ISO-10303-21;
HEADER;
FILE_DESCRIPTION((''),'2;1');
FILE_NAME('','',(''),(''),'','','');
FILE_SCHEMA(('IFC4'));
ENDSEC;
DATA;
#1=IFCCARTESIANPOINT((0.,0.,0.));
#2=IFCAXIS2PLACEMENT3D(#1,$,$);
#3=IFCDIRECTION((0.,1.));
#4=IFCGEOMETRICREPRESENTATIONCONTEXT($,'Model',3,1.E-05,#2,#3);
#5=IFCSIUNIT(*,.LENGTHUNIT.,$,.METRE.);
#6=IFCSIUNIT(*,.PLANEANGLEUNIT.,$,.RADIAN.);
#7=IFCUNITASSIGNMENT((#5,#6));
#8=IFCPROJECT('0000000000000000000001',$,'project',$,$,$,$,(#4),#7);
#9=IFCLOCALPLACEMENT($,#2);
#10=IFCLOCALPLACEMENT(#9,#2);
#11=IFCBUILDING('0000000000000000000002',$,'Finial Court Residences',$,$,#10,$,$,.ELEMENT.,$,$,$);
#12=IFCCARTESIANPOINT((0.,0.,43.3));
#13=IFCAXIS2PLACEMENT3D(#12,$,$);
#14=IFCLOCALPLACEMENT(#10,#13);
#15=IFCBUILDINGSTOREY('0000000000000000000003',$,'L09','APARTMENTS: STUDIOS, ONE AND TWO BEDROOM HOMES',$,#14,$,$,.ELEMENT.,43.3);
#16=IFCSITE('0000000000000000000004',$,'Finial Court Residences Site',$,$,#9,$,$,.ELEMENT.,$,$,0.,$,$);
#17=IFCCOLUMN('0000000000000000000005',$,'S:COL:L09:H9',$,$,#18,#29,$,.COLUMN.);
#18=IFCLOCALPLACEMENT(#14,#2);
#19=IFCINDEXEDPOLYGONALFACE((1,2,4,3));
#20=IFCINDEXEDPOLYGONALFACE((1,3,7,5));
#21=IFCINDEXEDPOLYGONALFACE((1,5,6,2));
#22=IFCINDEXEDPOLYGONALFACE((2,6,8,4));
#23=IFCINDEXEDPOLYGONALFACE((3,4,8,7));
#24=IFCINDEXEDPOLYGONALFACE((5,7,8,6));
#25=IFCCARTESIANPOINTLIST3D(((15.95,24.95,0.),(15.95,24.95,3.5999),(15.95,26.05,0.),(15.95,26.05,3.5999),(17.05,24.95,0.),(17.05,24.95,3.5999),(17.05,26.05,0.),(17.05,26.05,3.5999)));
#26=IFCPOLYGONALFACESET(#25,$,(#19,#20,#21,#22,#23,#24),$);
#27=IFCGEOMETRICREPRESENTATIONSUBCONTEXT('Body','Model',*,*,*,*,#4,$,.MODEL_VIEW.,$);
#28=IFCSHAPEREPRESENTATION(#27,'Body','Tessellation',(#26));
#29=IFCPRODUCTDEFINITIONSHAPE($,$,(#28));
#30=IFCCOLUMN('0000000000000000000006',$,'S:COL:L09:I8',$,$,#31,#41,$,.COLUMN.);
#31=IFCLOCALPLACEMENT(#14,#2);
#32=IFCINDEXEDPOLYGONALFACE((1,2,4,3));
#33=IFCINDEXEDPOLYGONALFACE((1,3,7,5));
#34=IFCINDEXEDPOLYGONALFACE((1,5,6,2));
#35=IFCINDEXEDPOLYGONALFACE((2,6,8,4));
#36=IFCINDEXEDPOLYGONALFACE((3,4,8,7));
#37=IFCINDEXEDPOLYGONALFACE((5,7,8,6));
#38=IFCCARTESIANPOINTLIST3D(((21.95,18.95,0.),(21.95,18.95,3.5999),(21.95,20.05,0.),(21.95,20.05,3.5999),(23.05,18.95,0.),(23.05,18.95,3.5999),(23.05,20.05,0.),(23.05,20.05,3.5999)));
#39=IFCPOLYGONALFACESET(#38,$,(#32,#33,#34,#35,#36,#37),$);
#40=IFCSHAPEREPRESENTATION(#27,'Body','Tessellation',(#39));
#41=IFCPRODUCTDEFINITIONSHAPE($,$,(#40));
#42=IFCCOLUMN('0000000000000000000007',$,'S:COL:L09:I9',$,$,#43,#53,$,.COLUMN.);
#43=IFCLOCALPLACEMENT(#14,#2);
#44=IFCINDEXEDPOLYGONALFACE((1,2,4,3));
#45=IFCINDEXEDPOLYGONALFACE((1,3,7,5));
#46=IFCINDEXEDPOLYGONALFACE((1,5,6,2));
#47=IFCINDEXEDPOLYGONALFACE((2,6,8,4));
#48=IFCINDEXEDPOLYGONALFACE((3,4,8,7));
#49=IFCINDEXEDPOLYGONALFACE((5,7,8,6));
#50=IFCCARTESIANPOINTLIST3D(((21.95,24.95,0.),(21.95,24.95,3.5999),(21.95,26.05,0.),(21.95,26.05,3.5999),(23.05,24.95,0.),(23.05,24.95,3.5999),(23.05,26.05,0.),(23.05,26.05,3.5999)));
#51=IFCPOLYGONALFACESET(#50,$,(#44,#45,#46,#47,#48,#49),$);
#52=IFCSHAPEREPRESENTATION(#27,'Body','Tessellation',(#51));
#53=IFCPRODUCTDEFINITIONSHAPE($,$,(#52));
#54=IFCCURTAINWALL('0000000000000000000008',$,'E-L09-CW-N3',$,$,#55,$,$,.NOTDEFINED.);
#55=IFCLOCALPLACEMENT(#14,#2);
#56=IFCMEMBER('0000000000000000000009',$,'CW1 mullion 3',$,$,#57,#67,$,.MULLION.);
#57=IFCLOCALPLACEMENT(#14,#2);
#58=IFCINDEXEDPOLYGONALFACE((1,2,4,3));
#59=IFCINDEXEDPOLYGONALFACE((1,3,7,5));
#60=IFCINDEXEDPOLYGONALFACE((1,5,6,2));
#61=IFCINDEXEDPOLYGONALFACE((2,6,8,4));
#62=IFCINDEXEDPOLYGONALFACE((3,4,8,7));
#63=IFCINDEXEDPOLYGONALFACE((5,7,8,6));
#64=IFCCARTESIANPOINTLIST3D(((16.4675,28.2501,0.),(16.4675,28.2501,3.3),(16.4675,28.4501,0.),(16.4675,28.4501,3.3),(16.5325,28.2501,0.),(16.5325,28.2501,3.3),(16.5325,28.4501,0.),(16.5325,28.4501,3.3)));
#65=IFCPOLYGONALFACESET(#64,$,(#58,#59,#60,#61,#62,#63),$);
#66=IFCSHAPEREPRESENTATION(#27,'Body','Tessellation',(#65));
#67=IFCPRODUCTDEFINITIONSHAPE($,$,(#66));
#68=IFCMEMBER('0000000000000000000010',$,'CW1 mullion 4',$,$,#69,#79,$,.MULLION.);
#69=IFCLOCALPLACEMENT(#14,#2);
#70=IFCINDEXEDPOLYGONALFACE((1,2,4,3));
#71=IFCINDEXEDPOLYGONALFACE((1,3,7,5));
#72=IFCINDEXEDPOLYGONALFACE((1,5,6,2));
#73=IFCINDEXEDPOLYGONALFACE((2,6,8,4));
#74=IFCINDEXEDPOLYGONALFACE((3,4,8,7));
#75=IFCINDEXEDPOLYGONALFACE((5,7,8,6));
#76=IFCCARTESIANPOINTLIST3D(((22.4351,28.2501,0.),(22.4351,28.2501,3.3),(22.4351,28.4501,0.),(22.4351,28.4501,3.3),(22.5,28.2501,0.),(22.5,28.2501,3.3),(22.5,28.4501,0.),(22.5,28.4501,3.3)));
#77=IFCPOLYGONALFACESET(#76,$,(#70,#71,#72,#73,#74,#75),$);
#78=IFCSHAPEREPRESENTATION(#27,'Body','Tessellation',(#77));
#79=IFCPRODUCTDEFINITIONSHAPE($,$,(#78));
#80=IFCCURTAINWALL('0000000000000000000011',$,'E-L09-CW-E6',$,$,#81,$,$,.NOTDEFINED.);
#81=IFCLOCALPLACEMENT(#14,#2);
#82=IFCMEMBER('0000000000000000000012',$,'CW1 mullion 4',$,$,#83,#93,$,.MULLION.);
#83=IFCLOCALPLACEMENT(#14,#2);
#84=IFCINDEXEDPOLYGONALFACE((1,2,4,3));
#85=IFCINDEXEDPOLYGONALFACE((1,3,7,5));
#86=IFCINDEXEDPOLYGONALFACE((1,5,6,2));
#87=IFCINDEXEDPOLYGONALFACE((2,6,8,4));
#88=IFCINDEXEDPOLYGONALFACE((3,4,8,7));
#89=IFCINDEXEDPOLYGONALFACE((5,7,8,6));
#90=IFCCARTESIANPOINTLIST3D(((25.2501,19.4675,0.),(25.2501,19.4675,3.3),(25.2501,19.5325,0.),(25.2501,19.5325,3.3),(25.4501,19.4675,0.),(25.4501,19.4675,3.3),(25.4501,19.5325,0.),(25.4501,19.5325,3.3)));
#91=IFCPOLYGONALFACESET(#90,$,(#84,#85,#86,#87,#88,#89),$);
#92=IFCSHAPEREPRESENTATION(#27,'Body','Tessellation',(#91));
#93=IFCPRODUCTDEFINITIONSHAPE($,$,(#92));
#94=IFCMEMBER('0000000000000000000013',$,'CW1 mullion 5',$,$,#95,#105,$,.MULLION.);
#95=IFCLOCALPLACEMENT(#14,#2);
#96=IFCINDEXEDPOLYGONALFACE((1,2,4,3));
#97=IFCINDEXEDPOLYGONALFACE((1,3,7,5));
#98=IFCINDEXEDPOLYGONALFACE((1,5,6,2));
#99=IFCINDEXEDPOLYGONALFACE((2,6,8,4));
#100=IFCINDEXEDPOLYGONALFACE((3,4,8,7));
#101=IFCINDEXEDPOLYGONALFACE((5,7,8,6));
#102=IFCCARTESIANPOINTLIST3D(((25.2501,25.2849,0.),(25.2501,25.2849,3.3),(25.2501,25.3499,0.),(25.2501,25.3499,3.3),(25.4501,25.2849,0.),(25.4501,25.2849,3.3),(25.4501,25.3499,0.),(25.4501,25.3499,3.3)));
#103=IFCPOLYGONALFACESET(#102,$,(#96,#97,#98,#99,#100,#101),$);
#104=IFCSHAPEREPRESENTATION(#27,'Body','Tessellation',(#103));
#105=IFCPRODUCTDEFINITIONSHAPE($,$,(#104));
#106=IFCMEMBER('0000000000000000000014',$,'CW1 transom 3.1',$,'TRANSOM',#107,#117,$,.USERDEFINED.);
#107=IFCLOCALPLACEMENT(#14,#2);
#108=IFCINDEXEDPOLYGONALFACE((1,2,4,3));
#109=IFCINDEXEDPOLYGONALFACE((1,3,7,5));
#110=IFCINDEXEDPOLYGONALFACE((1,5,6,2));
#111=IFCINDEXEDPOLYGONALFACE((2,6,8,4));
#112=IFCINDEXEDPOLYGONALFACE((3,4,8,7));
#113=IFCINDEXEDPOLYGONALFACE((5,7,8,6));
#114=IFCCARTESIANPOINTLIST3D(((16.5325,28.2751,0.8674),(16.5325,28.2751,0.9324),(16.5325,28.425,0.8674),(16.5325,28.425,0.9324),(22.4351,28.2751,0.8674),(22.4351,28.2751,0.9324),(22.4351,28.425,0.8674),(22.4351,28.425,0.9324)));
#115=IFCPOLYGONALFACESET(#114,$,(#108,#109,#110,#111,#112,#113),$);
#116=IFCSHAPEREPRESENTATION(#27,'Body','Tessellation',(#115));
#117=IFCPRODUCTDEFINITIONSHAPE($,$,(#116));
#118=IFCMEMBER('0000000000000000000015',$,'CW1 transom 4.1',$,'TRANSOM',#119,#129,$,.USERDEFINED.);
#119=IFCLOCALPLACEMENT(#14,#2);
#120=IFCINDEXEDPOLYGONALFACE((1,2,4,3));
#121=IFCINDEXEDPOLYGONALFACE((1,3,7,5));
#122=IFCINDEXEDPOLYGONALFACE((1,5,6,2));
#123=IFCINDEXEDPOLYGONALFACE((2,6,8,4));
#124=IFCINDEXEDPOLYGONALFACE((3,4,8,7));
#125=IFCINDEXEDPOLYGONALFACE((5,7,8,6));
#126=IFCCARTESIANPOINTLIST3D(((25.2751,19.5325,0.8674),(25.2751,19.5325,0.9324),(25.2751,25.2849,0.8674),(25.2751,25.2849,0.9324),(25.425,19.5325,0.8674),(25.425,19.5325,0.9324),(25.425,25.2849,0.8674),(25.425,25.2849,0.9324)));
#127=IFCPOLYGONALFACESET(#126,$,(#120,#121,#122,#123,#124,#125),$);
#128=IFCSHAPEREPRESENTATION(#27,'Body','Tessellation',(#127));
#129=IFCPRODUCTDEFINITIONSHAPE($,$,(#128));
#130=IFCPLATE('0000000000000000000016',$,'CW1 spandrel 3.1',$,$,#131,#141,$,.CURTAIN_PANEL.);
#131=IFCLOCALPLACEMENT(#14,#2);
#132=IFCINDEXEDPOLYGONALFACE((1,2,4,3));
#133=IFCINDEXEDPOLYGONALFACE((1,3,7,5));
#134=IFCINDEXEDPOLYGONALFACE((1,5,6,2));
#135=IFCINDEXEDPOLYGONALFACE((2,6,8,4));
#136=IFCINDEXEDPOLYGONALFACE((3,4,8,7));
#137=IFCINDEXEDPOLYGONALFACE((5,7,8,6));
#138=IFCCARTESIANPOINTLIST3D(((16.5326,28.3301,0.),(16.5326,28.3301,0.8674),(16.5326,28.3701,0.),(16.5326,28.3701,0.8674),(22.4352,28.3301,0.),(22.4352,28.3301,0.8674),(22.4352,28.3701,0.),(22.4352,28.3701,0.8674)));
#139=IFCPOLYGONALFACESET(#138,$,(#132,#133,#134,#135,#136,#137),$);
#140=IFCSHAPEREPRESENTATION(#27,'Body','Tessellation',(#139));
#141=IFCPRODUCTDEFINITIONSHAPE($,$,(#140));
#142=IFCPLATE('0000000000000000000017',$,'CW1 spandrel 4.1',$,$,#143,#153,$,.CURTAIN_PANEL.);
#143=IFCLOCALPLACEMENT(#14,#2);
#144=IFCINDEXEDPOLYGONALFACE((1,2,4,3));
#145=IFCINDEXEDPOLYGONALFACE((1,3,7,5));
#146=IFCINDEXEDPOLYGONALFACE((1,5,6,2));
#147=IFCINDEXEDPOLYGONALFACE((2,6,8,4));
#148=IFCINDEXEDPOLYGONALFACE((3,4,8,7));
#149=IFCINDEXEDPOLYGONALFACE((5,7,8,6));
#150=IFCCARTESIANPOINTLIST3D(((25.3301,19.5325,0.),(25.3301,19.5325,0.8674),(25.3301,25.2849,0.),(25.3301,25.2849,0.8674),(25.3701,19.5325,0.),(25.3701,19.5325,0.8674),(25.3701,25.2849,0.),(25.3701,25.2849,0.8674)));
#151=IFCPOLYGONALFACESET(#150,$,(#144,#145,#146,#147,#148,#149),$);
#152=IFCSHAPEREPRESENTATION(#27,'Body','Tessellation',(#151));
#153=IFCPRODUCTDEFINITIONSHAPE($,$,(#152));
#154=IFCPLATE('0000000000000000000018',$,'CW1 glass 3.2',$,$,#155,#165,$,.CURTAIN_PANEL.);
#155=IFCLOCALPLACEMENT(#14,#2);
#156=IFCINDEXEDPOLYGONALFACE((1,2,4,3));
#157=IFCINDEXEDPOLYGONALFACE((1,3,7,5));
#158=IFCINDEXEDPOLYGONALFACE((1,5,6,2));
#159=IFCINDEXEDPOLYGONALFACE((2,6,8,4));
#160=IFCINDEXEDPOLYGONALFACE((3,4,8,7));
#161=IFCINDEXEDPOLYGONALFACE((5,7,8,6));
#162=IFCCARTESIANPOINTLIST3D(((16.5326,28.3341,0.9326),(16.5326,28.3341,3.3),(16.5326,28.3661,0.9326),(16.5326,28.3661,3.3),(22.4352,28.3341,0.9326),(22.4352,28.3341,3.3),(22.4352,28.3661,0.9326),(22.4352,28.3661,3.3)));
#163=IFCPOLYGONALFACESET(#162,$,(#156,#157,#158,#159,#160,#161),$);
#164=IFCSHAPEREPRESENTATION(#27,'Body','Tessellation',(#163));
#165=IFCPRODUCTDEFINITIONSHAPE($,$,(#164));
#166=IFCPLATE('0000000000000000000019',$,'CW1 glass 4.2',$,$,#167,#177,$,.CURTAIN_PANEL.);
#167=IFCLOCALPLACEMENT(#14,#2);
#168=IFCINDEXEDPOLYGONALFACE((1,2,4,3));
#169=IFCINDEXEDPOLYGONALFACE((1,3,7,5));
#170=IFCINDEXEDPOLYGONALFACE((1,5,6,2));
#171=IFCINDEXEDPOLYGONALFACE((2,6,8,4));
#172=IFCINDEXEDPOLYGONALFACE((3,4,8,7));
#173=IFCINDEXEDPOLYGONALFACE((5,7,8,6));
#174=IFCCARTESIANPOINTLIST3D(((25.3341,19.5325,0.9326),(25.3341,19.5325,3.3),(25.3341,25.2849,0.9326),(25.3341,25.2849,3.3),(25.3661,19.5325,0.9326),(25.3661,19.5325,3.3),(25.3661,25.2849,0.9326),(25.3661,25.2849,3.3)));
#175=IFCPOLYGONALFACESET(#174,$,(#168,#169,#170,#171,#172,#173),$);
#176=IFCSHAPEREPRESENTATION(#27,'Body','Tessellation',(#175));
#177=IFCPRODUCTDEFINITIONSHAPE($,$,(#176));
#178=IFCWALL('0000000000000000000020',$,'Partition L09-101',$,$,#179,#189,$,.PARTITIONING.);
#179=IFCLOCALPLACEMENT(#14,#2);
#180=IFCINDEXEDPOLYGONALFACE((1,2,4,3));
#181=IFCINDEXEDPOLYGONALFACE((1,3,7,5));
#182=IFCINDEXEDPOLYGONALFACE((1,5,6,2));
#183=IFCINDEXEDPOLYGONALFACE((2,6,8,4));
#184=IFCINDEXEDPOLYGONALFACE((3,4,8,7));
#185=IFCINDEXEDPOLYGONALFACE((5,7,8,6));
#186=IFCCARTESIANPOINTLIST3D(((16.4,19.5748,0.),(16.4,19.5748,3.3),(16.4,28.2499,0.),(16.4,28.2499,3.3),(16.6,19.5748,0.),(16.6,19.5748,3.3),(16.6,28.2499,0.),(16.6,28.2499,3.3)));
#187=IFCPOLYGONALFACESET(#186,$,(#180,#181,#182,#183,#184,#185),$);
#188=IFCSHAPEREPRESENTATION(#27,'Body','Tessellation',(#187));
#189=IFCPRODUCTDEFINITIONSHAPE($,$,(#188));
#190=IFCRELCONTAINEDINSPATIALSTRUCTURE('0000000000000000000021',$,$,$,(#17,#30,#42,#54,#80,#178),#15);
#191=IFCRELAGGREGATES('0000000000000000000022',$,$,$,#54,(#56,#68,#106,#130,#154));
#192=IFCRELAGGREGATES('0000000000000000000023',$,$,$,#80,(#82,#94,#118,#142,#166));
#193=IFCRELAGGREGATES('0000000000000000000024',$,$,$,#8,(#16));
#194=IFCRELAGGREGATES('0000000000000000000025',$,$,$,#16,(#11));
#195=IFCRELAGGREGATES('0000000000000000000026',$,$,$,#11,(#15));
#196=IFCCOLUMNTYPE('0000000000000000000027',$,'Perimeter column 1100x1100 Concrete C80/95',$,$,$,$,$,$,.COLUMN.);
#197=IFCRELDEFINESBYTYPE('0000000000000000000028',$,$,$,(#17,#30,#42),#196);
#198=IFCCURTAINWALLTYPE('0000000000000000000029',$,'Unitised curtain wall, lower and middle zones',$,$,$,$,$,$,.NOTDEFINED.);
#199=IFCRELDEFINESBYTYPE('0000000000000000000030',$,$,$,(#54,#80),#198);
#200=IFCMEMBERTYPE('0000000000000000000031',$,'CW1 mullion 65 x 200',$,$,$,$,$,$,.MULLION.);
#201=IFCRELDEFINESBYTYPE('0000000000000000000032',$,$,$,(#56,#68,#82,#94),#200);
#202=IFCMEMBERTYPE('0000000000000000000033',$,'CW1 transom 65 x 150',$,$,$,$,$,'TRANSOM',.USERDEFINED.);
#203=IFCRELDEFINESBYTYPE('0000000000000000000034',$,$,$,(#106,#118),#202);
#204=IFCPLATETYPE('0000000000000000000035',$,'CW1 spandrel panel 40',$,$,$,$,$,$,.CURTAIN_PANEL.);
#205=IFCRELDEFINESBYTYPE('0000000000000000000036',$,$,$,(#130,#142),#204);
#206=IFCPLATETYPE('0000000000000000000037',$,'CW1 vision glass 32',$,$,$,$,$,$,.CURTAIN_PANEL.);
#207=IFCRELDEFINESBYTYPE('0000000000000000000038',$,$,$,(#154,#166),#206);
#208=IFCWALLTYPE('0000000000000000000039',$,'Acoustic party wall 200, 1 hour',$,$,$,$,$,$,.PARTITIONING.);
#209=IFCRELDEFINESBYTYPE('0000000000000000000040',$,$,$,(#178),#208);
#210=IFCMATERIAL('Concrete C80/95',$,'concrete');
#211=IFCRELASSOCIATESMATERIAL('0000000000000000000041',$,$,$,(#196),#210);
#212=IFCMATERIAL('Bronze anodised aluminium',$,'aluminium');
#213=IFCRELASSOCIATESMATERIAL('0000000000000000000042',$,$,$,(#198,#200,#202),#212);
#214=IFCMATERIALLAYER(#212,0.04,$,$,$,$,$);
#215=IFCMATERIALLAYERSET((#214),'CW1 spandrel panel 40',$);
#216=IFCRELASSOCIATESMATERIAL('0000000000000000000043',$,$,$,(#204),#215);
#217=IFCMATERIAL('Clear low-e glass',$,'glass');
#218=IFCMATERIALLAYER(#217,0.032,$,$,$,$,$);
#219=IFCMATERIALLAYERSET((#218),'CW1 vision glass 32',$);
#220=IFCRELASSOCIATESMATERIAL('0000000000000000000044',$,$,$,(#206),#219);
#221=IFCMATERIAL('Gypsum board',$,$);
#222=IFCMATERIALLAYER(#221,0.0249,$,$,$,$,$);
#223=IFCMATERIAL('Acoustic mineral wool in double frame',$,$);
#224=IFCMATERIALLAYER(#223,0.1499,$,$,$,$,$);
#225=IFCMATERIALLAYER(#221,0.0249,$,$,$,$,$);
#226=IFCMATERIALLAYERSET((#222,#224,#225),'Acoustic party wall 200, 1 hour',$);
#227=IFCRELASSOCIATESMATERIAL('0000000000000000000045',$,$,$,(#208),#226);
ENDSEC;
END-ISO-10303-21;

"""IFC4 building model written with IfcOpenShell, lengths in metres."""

from ifc_helpers import new_model, si_unit, direction, frame, frame_2d, origin, origin_2d, place, context, subcontext, project, spatial, rectangle, extrude, material, layer, layer_set, material_profile, profile_set, type_object, element, aggregate, save


model = new_model("IFC4")

# Units and contexts
model_context = context("Model", 3, precision=1e-05, world=origin(), true_north=direction((0.0, 1.0)))
body_context = subcontext(model_context, "Body", "Model", "MODEL_VIEW")
ifc_project = project(units=[si_unit("LENGTHUNIT", "METRE"), si_unit("PLANEANGLEUNIT", "RADIAN")], contexts=[model_context])

# Site, building, storey
site_placement = place(None, origin())
site = spatial("IfcSite", under=ifc_project, at=site_placement, Name="Finial Court Residences Site", CompositionType="ELEMENT", RefElevation=0.0)
building_placement = place(site_placement, origin())
building = spatial("IfcBuilding", under=site, at=building_placement, Name="Finial Court Residences", CompositionType="ELEMENT")
storey_placement = place(building_placement, frame((0.0, 0.0, 43.3)))
storey = spatial("IfcBuildingStorey", under=building, at=storey_placement, Name="L09", Description="APARTMENTS: STUDIOS, ONE AND TWO BEDROOM HOMES", CompositionType="ELEMENT", Elevation=43.3)

# Columns
ifc_material_1 = material(Name="Concrete C80/95", Category="concrete")
ifc_material_profile_1 = material_profile(ifc_material_1, rectangle(XDim=1.1001, YDim=1.1001, at=origin_2d()), Name="1100x1100")
ifc_profile_set_1 = profile_set([ifc_material_profile_1], Name="Concrete C80/95")
column_type = type_object("IfcColumnType", Name="Perimeter column 1100x1100 Concrete C80/95", PredefinedType="COLUMN", material=ifc_profile_set_1)
for number, where, z_axis, x_axis, name in (
    (1, (16.5, 25.5, 0.0), (0.0, 0.0, 1.0), (1.0, 0.0, 0.0), "S:COL:L09:H9"),
    (2, (22.5, 19.5, 0.0), (0.0, 0.0, 1.0), (1.0, 0.0, 0.0), "S:COL:L09:I8"),
    (3, (22.5, 25.5, 0.0), (0.0, 0.0, 1.0), (1.0, 0.0, 0.0), "S:COL:L09:I9"),
):
    element("IfcColumn", number, at=place(storey_placement, frame(where, z_axis=z_axis, x_axis=x_axis)), inside=storey, type_object=column_type, Name=name, PredefinedType="COLUMN", context=body_context, shape_type="SweptSolid", body=[
        extrude(rectangle(XDim=1.1001, YDim=1.1001, at=origin_2d()), origin(), (0.0, 0.0, 1.0), 3.5999),
    ])

# Curtain walls, members
ifc_material_2 = material(Name="Bronze anodised aluminium", Category="aluminium")
curtain_wall_type = type_object("IfcCurtainWallType", Name="Unitised curtain wall, lower and middle zones", PredefinedType="NOTDEFINED", material=ifc_material_2)
curtain_wall_1_placement = place(storey_placement, origin())
curtain_wall_1 = element("IfcCurtainWall", 4, at=curtain_wall_1_placement, inside=storey, type_object=curtain_wall_type, Name="E-L09-CW-N3", PredefinedType="NOTDEFINED")
ifc_material_profile_2 = material_profile(ifc_material_2, rectangle(XDim=0.2, YDim=0.0649, at=origin_2d()), Name="CW1 mullion 65 x 200")
ifc_profile_set_2 = profile_set([ifc_material_profile_2], Name="Bronze anodised aluminium")
member_type_1 = type_object("IfcMemberType", Name="CW1 mullion 65 x 200", PredefinedType="MULLION", material=ifc_profile_set_2)
member_1_placement = place(storey_placement, frame((16.5, 28.3501, 0.0), z_axis=(0.0, 0.0, 1.0), x_axis=(0.0, 1.0, 0.0)))
member_1 = element("IfcMember", 5, at=member_1_placement, type_object=member_type_1, Name="CW1 mullion 3", PredefinedType="MULLION", context=body_context, shape_type="SweptSolid", body=[
    extrude(rectangle(XDim=0.2, YDim=0.0649, at=origin_2d()), origin(), (0.0, 0.0, 1.0), 3.3),
])
member_2_placement = place(storey_placement, frame((22.4675, 28.3501, 0.0), z_axis=(0.0, 0.0, 1.0), x_axis=(0.0, 1.0, 0.0)))
member_2 = element("IfcMember", 6, at=member_2_placement, type_object=member_type_1, Name="CW1 mullion 4", PredefinedType="MULLION", context=body_context, shape_type="SweptSolid", body=[
    extrude(rectangle(XDim=0.2, YDim=0.0649, at=origin_2d()), origin(), (0.0, 0.0, 1.0), 3.3),
])
curtain_wall_2_placement = place(storey_placement, origin())
curtain_wall_2 = element("IfcCurtainWall", 7, at=curtain_wall_2_placement, inside=storey, type_object=curtain_wall_type, Name="E-L09-CW-E6", PredefinedType="NOTDEFINED")
member_3_placement = place(storey_placement, frame((25.3501, 19.5, 0.0), z_axis=(0.0, 0.0, 1.0), x_axis=(-1.0, 0.0, 0.0)))
member_3 = element("IfcMember", 8, at=member_3_placement, type_object=member_type_1, Name="CW1 mullion 4", PredefinedType="MULLION", context=body_context, shape_type="SweptSolid", body=[
    extrude(rectangle(XDim=0.2, YDim=0.0649, at=origin_2d()), origin(), (0.0, 0.0, 1.0), 3.3),
])
member_4_placement = place(storey_placement, frame((25.3501, 25.3174, 0.0), z_axis=(0.0, 0.0, 1.0), x_axis=(-1.0, 0.0, 0.0)))
member_4 = element("IfcMember", 9, at=member_4_placement, type_object=member_type_1, Name="CW1 mullion 5", PredefinedType="MULLION", context=body_context, shape_type="SweptSolid", body=[
    extrude(rectangle(XDim=0.2, YDim=0.0649, at=origin_2d()), origin(), (0.0, 0.0, 1.0), 3.3),
])

# Members
ifc_material_profile_3 = material_profile(ifc_material_2, rectangle(XDim=0.1499, YDim=0.0649, at=origin_2d()), Name="CW1 transom 65 x 150")
ifc_profile_set_3 = profile_set([ifc_material_profile_3], Name="Bronze anodised aluminium")
member_type_2 = type_object("IfcMemberType", Name="CW1 transom 65 x 150", ElementType="TRANSOM", PredefinedType="USERDEFINED", material=ifc_profile_set_3)
member_5_placement = place(storey_placement, frame((16.5325, 28.3501, 0.8999), z_axis=(1.0, 0.0, 0.0), x_axis=(0.0, 1.0, 0.0)))
member_5 = element("IfcMember", 10, at=member_5_placement, type_object=member_type_2, Name="CW1 transom 3.1", ObjectType="TRANSOM", PredefinedType="USERDEFINED", context=body_context, shape_type="SweptSolid", body=[
    extrude(rectangle(XDim=0.1499, YDim=0.0649, at=origin_2d()), origin(), (0.0, 0.0, 1.0), 5.9026),
])
member_6_placement = place(storey_placement, frame((25.3501, 19.5325, 0.8999), z_axis=(0.0, 1.0, 0.0), x_axis=(-1.0, 0.0, 0.0)))
member_6 = element("IfcMember", 11, at=member_6_placement, type_object=member_type_2, Name="CW1 transom 4.1", ObjectType="TRANSOM", PredefinedType="USERDEFINED", context=body_context, shape_type="SweptSolid", body=[
    extrude(rectangle(XDim=0.1499, YDim=0.0649, at=origin_2d()), origin(), (0.0, 0.0, 1.0), 5.7524),
])

# Plates
ifc_layer_1 = layer(ifc_material_2, 0.04)
ifc_layer_set_1 = layer_set([ifc_layer_1], Name="CW1 spandrel panel 40")
plate_type_1 = type_object("IfcPlateType", Name="CW1 spandrel panel 40", PredefinedType="CURTAIN_PANEL", material=ifc_layer_set_1)
plate_1_placement = place(storey_placement, frame((19.4839, 28.3501, 0.0), z_axis=(0.0, 0.0, 1.0), x_axis=(1.0, 0.0, 0.0)))
plate_1 = element("IfcPlate", 12, at=plate_1_placement, type_object=plate_type_1, Name="CW1 spandrel 3.1", PredefinedType="CURTAIN_PANEL", context=body_context, shape_type="SweptSolid", body=[
    extrude(rectangle(XDim=5.9026, YDim=0.04, at=origin_2d()), origin(), (0.0, 0.0, 1.0), 0.8674),
])
plate_2_placement = place(storey_placement, frame((25.3501, 22.4087, 0.0), z_axis=(0.0, 0.0, 1.0), x_axis=(0.0, 1.0, 0.0)))
plate_2 = element("IfcPlate", 13, at=plate_2_placement, type_object=plate_type_1, Name="CW1 spandrel 4.1", PredefinedType="CURTAIN_PANEL", context=body_context, shape_type="SweptSolid", body=[
    extrude(rectangle(XDim=5.7524, YDim=0.04, at=origin_2d()), origin(), (0.0, 0.0, 1.0), 0.8674),
])
ifc_material_3 = material(Name="Clear low-e glass", Category="glass")
ifc_layer_2 = layer(ifc_material_3, 0.032)
ifc_layer_set_2 = layer_set([ifc_layer_2], Name="CW1 vision glass 32")
plate_type_2 = type_object("IfcPlateType", Name="CW1 vision glass 32", PredefinedType="CURTAIN_PANEL", material=ifc_layer_set_2)
plate_3_placement = place(storey_placement, frame((19.4839, 28.3501, 0.9326), z_axis=(0.0, 0.0, 1.0), x_axis=(1.0, 0.0, 0.0)))
plate_3 = element("IfcPlate", 14, at=plate_3_placement, type_object=plate_type_2, Name="CW1 glass 3.2", PredefinedType="CURTAIN_PANEL", context=body_context, shape_type="SweptSolid", body=[
    extrude(rectangle(XDim=5.9026, YDim=0.032, at=origin_2d()), origin(), (0.0, 0.0, 1.0), 2.3674),
])
aggregate(curtain_wall_1, [member_1, member_2, member_5, plate_1, plate_3])
plate_4_placement = place(storey_placement, frame((25.3501, 22.4087, 0.9326), z_axis=(0.0, 0.0, 1.0), x_axis=(0.0, 1.0, 0.0)))
plate_4 = element("IfcPlate", 15, at=plate_4_placement, type_object=plate_type_2, Name="CW1 glass 4.2", PredefinedType="CURTAIN_PANEL", context=body_context, shape_type="SweptSolid", body=[
    extrude(rectangle(XDim=5.7524, YDim=0.032, at=origin_2d()), origin(), (0.0, 0.0, 1.0), 2.3674),
])
aggregate(curtain_wall_2, [member_3, member_4, member_6, plate_2, plate_4])

# Wall
ifc_material_4 = material(Name="Gypsum board")
ifc_layer_3 = layer(ifc_material_4, 0.0249)
ifc_material_5 = material(Name="Acoustic mineral wool in double frame")
ifc_layer_4 = layer(ifc_material_5, 0.1499)
ifc_layer_5 = layer(ifc_material_4, 0.0249)
ifc_layer_set_3 = layer_set([ifc_layer_3, ifc_layer_4, ifc_layer_5], Name="Acoustic party wall 200, 1 hour")
wall_type_1 = type_object("IfcWallType", Name="Acoustic party wall 200, 1 hour", PredefinedType="PARTITIONING", material=ifc_layer_set_3)
wall_1_placement = place(storey_placement, frame((16.5, 19.575, 0.0), z_axis=(0.0, 0.0, 1.0), x_axis=(0.0, 1.0, 0.0)))
element("IfcWall", 16, at=wall_1_placement, inside=storey, type_object=wall_type_1, Name="Partition L09-101", PredefinedType="PARTITIONING", context=body_context, shape_type="SweptSolid", body=[
    extrude(rectangle(XDim=8.675, YDim=0.2, at=frame_2d((4.3374, 0.0))), origin(), (0.0, 0.0, 1.0), 3.3),
])

save(model, "model.ifc")
